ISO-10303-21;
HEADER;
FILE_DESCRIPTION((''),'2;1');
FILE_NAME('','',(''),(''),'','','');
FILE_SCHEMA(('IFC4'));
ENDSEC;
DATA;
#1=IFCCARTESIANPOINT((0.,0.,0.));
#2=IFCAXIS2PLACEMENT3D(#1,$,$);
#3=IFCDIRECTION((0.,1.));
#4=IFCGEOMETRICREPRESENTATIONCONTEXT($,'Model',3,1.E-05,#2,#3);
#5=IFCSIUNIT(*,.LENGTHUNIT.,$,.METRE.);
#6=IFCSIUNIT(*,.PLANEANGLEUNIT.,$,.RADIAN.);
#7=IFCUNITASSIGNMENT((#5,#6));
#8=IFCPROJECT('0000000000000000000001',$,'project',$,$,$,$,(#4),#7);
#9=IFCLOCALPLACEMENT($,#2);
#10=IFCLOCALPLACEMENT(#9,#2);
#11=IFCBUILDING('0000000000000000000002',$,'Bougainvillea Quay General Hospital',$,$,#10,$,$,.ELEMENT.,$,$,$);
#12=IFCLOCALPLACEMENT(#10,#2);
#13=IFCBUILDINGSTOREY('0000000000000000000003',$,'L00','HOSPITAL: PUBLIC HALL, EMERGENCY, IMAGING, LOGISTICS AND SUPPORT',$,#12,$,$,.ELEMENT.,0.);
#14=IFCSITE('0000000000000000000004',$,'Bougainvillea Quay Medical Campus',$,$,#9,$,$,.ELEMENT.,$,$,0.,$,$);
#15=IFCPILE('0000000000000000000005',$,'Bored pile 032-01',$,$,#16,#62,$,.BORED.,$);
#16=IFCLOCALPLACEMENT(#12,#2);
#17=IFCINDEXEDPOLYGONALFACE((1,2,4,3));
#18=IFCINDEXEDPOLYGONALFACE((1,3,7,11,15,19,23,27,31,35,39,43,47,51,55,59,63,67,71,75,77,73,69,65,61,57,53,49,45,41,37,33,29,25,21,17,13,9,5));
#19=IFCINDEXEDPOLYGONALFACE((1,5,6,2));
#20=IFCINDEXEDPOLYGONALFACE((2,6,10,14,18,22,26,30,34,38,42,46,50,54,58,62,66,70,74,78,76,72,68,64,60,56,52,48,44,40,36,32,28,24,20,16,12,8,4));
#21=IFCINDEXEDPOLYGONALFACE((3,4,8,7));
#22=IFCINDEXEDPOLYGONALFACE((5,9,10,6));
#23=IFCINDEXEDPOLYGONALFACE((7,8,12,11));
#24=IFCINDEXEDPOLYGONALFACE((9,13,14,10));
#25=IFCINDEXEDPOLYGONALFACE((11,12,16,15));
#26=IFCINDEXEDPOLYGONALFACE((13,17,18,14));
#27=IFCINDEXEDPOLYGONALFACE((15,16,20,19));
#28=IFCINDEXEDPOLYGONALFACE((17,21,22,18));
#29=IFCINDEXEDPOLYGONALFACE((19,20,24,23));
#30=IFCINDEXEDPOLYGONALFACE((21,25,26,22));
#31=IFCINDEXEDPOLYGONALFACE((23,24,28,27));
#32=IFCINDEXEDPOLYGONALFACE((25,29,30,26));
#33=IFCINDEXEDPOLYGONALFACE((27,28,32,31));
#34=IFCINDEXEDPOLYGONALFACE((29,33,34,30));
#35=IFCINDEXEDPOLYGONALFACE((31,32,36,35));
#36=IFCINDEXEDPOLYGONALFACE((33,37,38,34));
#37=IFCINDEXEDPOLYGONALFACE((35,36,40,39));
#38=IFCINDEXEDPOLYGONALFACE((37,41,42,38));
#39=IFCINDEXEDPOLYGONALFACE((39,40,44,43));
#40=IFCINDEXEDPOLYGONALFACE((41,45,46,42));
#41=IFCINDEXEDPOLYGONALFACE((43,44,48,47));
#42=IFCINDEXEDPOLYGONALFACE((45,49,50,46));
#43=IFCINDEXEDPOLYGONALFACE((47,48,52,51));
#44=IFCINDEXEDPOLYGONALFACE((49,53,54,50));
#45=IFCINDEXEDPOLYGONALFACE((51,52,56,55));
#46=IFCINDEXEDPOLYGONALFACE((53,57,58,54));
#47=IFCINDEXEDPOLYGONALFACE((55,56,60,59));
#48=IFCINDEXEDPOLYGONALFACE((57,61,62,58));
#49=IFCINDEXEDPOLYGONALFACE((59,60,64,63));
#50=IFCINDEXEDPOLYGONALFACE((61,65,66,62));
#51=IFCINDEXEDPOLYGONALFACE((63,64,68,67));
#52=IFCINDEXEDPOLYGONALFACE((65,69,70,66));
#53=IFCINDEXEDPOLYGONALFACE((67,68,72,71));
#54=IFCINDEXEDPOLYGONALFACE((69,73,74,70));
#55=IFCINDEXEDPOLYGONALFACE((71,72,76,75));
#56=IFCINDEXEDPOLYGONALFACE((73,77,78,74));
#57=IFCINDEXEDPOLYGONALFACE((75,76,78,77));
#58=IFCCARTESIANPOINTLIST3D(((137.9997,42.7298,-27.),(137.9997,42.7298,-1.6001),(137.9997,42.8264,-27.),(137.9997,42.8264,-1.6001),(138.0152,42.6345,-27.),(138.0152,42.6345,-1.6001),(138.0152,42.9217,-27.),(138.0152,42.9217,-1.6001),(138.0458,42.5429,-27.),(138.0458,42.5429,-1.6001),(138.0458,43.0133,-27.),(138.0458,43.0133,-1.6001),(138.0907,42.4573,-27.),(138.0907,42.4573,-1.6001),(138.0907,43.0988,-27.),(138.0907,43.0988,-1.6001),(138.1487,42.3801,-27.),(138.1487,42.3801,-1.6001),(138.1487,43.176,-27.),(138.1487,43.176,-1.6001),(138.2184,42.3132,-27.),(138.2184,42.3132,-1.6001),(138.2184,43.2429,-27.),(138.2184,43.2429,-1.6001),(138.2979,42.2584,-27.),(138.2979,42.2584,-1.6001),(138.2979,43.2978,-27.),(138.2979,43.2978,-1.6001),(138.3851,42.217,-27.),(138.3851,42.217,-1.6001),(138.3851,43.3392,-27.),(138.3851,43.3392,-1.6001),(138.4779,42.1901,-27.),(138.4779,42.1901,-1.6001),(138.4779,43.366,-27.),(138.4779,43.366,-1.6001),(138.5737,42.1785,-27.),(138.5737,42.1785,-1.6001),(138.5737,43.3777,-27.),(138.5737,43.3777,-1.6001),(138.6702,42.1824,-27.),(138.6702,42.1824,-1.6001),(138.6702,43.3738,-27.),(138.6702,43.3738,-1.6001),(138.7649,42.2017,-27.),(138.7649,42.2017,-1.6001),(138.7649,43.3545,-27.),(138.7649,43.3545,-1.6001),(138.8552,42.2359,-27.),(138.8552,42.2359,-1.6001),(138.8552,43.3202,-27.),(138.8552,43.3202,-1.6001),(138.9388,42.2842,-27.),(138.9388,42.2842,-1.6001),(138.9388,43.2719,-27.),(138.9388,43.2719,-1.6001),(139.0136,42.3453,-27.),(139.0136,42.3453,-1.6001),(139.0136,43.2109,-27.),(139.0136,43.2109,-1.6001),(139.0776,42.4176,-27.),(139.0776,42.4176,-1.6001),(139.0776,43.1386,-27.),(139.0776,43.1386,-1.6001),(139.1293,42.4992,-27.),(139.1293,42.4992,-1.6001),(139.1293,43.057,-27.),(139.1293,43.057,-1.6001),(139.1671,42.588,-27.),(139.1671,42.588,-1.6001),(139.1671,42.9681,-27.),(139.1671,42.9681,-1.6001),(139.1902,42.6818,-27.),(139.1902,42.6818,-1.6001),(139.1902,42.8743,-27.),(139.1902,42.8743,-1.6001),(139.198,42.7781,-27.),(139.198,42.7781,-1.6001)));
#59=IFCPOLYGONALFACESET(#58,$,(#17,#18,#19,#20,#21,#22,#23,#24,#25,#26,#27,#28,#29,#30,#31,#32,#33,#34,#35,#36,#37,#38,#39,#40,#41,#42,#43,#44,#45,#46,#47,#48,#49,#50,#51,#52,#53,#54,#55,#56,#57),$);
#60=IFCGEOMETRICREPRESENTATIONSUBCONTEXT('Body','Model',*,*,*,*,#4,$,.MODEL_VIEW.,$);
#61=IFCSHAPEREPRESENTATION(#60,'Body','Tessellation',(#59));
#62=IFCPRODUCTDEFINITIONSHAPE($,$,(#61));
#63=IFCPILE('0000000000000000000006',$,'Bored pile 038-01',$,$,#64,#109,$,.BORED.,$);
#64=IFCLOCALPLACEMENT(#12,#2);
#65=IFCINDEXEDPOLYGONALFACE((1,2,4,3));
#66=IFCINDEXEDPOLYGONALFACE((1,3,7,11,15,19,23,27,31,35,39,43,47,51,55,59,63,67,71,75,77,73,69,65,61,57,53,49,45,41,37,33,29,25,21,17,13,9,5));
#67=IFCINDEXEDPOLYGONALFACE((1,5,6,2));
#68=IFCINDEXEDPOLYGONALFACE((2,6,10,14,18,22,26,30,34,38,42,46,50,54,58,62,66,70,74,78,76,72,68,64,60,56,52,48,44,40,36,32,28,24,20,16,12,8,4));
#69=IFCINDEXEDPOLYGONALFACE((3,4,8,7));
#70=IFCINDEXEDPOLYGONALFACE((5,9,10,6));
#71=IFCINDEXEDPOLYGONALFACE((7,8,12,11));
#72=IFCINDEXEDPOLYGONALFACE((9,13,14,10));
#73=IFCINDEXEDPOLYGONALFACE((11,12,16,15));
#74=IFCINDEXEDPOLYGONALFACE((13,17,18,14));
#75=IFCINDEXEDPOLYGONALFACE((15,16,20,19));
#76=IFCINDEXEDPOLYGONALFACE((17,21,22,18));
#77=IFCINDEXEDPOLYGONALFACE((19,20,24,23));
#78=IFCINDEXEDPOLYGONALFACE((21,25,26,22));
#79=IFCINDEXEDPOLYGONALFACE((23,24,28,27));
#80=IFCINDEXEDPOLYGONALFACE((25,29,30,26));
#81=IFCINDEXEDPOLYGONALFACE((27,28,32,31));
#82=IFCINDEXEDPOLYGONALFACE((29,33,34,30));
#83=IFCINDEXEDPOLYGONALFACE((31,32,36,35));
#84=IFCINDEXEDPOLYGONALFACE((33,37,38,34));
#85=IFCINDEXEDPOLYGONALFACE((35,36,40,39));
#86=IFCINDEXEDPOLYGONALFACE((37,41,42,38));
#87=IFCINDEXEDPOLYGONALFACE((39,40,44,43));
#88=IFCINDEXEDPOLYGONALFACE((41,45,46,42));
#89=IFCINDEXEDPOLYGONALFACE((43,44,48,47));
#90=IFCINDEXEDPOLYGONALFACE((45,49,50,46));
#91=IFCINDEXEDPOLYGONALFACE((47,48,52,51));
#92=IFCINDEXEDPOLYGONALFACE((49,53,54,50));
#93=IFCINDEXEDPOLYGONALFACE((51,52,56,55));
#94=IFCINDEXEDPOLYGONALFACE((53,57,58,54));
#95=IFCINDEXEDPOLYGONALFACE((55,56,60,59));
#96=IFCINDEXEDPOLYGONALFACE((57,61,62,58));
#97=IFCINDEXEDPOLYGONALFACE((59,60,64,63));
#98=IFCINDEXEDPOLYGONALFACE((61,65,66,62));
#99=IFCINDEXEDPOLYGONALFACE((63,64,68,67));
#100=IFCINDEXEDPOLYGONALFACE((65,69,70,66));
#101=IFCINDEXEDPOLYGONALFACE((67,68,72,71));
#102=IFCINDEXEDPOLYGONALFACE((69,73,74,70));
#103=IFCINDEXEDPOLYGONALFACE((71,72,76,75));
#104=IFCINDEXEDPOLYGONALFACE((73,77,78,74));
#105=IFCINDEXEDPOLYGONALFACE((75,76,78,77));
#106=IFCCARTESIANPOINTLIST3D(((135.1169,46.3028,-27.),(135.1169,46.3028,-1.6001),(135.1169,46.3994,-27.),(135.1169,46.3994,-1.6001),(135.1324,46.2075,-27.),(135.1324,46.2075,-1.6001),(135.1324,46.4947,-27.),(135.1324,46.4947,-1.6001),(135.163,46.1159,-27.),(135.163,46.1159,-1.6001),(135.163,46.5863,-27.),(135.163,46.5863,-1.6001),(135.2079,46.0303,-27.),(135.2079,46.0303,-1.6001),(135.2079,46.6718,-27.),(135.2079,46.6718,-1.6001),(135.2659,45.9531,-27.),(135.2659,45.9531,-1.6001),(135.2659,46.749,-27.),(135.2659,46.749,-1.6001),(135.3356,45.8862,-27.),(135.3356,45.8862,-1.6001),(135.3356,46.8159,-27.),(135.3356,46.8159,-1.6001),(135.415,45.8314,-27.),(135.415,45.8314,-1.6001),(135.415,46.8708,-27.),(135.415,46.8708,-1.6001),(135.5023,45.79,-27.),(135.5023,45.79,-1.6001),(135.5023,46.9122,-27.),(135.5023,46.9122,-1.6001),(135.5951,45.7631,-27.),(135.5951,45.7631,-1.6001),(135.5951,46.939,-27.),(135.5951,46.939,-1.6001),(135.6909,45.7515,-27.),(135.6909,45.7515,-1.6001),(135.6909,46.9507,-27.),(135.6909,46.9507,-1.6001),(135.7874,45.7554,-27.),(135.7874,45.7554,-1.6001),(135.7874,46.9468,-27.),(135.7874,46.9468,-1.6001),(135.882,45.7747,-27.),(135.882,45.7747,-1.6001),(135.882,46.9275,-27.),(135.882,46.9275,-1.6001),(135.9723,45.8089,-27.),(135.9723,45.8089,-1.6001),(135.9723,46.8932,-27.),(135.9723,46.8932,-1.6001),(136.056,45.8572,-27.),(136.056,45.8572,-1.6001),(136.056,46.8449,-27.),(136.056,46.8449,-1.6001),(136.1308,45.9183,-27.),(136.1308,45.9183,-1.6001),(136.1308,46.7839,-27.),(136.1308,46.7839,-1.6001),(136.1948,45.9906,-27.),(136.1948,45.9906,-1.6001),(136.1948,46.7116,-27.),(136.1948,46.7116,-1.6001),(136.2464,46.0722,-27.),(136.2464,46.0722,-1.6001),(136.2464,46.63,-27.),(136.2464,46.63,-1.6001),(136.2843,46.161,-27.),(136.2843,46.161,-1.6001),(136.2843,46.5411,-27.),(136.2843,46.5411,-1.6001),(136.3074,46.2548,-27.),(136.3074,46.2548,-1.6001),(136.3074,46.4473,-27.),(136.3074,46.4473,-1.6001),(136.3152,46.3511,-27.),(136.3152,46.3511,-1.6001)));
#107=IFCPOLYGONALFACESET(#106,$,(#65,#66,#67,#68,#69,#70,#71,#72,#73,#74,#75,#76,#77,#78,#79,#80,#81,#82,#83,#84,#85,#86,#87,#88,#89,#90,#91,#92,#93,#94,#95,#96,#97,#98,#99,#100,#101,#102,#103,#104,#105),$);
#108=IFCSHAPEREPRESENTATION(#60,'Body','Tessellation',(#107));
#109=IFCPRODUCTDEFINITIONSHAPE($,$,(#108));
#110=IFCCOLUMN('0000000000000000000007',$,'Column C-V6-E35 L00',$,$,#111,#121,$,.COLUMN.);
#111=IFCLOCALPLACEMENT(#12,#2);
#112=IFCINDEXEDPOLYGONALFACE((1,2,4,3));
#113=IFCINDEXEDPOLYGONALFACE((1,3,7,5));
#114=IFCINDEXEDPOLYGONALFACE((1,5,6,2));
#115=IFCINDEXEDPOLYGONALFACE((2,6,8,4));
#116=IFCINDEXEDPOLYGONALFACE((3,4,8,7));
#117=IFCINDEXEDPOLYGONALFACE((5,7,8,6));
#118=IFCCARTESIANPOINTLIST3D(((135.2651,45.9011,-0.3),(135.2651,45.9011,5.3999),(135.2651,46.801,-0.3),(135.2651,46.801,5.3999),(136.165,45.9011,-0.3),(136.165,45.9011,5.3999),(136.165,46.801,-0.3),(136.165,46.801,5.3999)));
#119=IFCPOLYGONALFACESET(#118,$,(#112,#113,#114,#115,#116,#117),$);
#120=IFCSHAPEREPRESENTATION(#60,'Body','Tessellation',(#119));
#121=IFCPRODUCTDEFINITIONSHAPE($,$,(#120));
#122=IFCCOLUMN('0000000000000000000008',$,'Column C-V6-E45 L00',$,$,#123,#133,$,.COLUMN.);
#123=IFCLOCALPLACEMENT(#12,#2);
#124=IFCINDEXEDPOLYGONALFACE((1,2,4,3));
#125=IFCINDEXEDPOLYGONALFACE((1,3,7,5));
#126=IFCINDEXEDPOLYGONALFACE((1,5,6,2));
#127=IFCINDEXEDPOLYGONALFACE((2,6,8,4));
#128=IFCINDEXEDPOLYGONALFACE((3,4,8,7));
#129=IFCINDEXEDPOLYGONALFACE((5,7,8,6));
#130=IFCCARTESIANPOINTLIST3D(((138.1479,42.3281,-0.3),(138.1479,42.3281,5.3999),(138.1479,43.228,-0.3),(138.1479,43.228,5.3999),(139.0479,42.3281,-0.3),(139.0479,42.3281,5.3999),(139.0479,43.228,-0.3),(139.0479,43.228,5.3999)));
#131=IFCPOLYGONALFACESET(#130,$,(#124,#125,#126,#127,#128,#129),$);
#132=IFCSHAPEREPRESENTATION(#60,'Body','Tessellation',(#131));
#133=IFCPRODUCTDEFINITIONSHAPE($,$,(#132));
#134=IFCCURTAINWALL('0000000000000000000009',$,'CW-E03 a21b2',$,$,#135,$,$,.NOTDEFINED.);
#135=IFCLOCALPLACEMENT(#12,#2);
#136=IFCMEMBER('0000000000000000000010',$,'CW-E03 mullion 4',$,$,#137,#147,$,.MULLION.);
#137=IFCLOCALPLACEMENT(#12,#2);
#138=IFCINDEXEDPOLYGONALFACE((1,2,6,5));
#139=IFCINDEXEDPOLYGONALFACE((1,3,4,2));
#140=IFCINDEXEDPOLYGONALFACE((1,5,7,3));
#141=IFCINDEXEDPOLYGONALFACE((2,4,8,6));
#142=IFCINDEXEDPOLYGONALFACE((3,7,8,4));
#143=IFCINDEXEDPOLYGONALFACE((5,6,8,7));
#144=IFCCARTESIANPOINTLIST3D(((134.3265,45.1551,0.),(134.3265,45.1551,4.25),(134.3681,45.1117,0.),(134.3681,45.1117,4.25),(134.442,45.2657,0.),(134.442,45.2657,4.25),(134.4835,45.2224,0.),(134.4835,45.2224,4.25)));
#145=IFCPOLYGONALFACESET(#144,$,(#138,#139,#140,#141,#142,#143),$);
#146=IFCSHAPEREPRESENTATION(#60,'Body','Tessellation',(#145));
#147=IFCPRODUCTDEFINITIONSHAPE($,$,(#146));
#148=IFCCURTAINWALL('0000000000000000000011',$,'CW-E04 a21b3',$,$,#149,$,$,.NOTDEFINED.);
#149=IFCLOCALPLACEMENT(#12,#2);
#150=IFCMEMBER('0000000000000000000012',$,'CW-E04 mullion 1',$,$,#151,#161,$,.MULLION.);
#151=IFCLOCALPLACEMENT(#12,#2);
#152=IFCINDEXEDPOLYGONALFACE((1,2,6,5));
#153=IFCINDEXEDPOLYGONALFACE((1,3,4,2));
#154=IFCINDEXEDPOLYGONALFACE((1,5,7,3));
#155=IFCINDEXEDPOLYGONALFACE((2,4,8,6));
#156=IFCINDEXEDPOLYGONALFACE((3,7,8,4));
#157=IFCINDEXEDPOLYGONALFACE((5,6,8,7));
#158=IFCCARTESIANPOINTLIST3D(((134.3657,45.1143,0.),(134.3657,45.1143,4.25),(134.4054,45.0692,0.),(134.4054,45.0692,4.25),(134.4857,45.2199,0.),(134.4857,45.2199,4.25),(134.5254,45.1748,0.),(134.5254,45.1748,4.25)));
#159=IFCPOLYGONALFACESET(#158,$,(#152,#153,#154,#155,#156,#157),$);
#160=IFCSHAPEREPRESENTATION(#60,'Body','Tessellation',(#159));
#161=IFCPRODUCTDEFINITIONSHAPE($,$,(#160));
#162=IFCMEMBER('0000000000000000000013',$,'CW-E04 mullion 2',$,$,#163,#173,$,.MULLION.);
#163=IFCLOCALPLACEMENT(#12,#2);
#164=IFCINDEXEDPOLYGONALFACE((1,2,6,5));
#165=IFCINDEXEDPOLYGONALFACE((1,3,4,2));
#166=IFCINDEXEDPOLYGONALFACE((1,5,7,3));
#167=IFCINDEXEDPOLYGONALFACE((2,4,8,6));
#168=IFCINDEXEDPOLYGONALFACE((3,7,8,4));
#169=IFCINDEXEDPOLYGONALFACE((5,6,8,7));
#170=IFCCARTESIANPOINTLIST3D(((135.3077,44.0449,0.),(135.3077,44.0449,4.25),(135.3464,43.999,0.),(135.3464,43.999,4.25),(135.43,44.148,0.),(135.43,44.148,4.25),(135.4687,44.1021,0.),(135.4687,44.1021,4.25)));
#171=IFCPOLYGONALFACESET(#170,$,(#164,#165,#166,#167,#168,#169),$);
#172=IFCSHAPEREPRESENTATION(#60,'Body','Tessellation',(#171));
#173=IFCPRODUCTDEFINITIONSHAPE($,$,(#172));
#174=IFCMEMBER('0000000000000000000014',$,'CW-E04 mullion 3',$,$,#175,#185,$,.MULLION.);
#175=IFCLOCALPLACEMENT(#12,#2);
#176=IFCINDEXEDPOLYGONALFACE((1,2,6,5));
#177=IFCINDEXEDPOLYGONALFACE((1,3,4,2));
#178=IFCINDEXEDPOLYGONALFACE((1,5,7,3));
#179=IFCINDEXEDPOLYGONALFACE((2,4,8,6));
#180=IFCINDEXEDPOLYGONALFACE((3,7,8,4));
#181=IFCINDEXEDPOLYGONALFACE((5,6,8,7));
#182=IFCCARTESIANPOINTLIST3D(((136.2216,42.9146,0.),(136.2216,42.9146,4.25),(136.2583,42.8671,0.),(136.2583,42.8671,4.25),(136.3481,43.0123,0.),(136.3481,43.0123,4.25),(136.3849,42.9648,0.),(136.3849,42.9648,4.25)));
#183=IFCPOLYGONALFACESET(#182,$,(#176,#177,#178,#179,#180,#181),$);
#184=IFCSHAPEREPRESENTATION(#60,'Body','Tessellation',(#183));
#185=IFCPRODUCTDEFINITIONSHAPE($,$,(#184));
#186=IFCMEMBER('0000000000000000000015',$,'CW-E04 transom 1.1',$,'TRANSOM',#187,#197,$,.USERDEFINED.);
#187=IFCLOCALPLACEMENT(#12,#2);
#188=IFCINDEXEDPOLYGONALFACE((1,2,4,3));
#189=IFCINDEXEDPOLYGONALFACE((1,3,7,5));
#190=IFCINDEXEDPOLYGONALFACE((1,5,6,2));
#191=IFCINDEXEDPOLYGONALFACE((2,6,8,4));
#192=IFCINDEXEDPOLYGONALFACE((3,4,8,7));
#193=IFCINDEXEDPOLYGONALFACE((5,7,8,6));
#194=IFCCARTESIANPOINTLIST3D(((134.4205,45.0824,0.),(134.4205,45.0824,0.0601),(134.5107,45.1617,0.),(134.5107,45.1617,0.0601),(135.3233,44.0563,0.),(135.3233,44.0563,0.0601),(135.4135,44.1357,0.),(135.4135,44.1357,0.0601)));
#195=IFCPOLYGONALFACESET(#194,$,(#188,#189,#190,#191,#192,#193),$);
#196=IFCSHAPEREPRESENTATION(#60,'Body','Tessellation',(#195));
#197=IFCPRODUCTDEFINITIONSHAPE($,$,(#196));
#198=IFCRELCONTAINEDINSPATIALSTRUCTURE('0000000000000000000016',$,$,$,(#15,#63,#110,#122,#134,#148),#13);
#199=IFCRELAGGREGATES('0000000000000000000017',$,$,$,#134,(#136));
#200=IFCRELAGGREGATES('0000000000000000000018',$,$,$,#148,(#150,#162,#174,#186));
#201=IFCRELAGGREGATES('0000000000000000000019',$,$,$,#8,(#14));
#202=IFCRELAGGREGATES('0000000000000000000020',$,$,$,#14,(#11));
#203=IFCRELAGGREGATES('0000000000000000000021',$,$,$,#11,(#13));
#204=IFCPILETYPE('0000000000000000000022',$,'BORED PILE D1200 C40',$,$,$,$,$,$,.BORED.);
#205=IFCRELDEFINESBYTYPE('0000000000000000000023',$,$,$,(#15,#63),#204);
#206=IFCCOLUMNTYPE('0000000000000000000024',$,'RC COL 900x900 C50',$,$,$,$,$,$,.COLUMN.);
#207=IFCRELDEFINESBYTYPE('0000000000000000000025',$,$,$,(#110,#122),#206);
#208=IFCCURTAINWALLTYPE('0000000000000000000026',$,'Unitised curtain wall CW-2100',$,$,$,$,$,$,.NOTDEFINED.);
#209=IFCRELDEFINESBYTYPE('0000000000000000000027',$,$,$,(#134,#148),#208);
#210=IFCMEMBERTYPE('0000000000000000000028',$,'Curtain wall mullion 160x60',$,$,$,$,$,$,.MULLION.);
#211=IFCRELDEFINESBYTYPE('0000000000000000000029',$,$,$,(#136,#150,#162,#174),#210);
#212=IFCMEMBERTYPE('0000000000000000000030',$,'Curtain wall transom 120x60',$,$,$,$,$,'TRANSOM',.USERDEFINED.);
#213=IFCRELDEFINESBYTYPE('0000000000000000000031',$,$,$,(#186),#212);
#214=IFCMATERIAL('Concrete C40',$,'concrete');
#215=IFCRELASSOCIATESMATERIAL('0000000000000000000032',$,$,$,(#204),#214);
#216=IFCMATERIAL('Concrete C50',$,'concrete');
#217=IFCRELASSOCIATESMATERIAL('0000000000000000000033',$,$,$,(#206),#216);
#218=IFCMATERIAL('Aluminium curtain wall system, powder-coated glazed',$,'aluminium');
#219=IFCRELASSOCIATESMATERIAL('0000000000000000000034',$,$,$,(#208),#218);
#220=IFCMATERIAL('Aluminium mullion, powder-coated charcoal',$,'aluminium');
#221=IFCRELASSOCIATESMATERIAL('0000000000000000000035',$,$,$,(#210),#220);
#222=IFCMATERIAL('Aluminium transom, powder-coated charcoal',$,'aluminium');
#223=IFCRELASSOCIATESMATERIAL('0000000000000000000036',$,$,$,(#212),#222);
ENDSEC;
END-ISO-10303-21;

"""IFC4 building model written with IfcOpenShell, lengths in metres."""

from ifc_helpers import new_model, si_unit, direction, frame, origin, origin_2d, place, context, subcontext, project, spatial, rectangle, circle, extrude, material, material_profile, profile_set, type_object, element, aggregate, save


model = new_model("IFC4")

# Units and contexts
model_context = context("Model", 3, precision=1e-05, world=origin(), true_north=direction((0.0, 1.0)))
body_context = subcontext(model_context, "Body", "Model", "MODEL_VIEW")
ifc_project = project(units=[si_unit("LENGTHUNIT", "METRE"), si_unit("PLANEANGLEUNIT", "RADIAN")], contexts=[model_context])

# Site, building, storey
site_placement = place(None, origin())
site = spatial("IfcSite", under=ifc_project, at=site_placement, Name="Bougainvillea Quay Medical Campus", CompositionType="ELEMENT", RefElevation=0.0)
building_placement = place(site_placement, origin())
building = spatial("IfcBuilding", under=site, at=building_placement, Name="Bougainvillea Quay General Hospital", CompositionType="ELEMENT")
storey_placement = place(building_placement, origin())
storey = spatial("IfcBuildingStorey", under=building, at=storey_placement, Name="L00", Description="HOSPITAL: PUBLIC HALL, EMERGENCY, IMAGING, LOGISTICS AND SUPPORT", CompositionType="ELEMENT", Elevation=0.0)

# Piles
ifc_material_1 = material(Name="Concrete C40", Category="concrete")
ifc_material_profile_1 = material_profile(ifc_material_1, circle(Radius=0.6001, at=origin_2d()))
ifc_profile_set_1 = profile_set([ifc_material_profile_1], Name="Concrete C40")
pile_type = type_object("IfcPileType", Name="BORED PILE D1200 C40", PredefinedType="BORED", material=ifc_profile_set_1)
for number, where, z_axis, x_axis, name in (
    (1, (138.5979, 42.7781, -1.6001), (0.0, 0.0, -1.0), (1.0, 0.0, 0.0), "Bored pile 032-01"),
    (2, (135.7151, 46.3511, -1.6001), (0.0, 0.0, -1.0), (1.0, 0.0, 0.0), "Bored pile 038-01"),
):
    element("IfcPile", number, at=place(storey_placement, frame(where, z_axis=z_axis, x_axis=x_axis)), inside=storey, type_object=pile_type, Name=name, PredefinedType="BORED", context=body_context, shape_type="SweptSolid", body=[
        extrude(circle(Radius=0.6001, at=origin_2d()), origin(), (0.0, 0.0, 1.0), 25.3999),
    ])

# Columns
ifc_material_2 = material(Name="Concrete C50", Category="concrete")
ifc_material_profile_2 = material_profile(ifc_material_2, rectangle(XDim=0.8999, YDim=0.8999, at=origin_2d()))
ifc_profile_set_2 = profile_set([ifc_material_profile_2], Name="Concrete C50")
column_type = type_object("IfcColumnType", Name="RC COL 900x900 C50", PredefinedType="COLUMN", material=ifc_profile_set_2)
for number, where, z_axis, x_axis, name in (
    (3, (135.7151, 46.3511, -0.3), (0.0, 0.0, 1.0), (1.0, 0.0, 0.0), "Column C-V6-E35 L00"),
    (4, (138.5979, 42.7781, -0.3), (0.0, 0.0, 1.0), (1.0, 0.0, 0.0), "Column C-V6-E45 L00"),
):
    element("IfcColumn", number, at=place(storey_placement, frame(where, z_axis=z_axis, x_axis=x_axis)), inside=storey, type_object=column_type, Name=name, PredefinedType="COLUMN", context=body_context, shape_type="SweptSolid", body=[
        extrude(rectangle(XDim=0.8999, YDim=0.8999, at=origin_2d()), origin(), (0.0, 0.0, 1.0), 5.7),
    ])

# Curtain wall, member
ifc_material_3 = material(Name="Aluminium curtain wall system, powder-coated glazed", Category="aluminium")
curtain_wall_type = type_object("IfcCurtainWallType", Name="Unitised curtain wall CW-2100", PredefinedType="NOTDEFINED", material=ifc_material_3)
curtain_wall_1_placement = place(storey_placement, origin())
curtain_wall_1 = element("IfcCurtainWall", 5, at=curtain_wall_1_placement, inside=storey, type_object=curtain_wall_type, Name="CW-E03 a21b2", PredefinedType="NOTDEFINED")
ifc_material_4 = material(Name="Aluminium mullion, powder-coated charcoal", Category="aluminium")
ifc_material_profile_3 = material_profile(ifc_material_4, rectangle(XDim=0.1599, YDim=0.0601, at=origin_2d()))
ifc_profile_set_3 = profile_set([ifc_material_profile_3], Name="Aluminium mullion, powder-coated charcoal")
member_type_1 = type_object("IfcMemberType", Name="Curtain wall mullion 160x60", PredefinedType="MULLION", material=ifc_profile_set_3)
member_1_placement = place(storey_placement, frame((134.405, 45.1887, 0.0), z_axis=(0.0, 0.0, 1.0), x_axis=(0.72197, 0.691925, 0.0)))
member_1 = element("IfcMember", 6, at=member_1_placement, type_object=member_type_1, Name="CW-E03 mullion 4", PredefinedType="MULLION", context=body_context, shape_type="SweptSolid", body=[
    extrude(rectangle(XDim=0.1599, YDim=0.0601, at=origin_2d()), origin(), (0.0, 0.0, 1.0), 4.25),
])
aggregate(curtain_wall_1, [member_1])

# Curtain wall, members
curtain_wall_2_placement = place(storey_placement, origin())
curtain_wall_2 = element("IfcCurtainWall", 7, at=curtain_wall_2_placement, inside=storey, type_object=curtain_wall_type, Name="CW-E04 a21b3", PredefinedType="NOTDEFINED")
member_2_placement = place(storey_placement, frame((134.4456, 45.1445, 0.0), z_axis=(0.0, 0.0, 1.0), x_axis=(0.750742, 0.660596, 0.0)))
member_2 = element("IfcMember", 8, at=member_2_placement, type_object=member_type_1, Name="CW-E04 mullion 1", PredefinedType="MULLION", context=body_context, shape_type="SweptSolid", body=[
    extrude(rectangle(XDim=0.1599, YDim=0.0601, at=origin_2d()), origin(), (0.0, 0.0, 1.0), 4.25),
])
member_3_placement = place(storey_placement, frame((135.3882, 44.0735, 0.0), z_axis=(0.0, 0.0, 1.0), x_axis=(0.764622, 0.64448, 0.0)))
member_3 = element("IfcMember", 9, at=member_3_placement, type_object=member_type_1, Name="CW-E04 mullion 2", PredefinedType="MULLION", context=body_context, shape_type="SweptSolid", body=[
    extrude(rectangle(XDim=0.1599, YDim=0.0601, at=origin_2d()), origin(), (0.0, 0.0, 1.0), 4.25),
])
member_4_placement = place(storey_placement, frame((136.3032, 42.9397, 0.0), z_axis=(0.0, 0.0, 1.0), x_axis=(0.791337, 0.61138, 0.0)))
member_4 = element("IfcMember", 10, at=member_4_placement, type_object=member_type_1, Name="CW-E04 mullion 3", PredefinedType="MULLION", context=body_context, shape_type="SweptSolid", body=[
    extrude(rectangle(XDim=0.1599, YDim=0.0601, at=origin_2d()), origin(), (0.0, 0.0, 1.0), 4.25),
])
ifc_material_5 = material(Name="Aluminium transom, powder-coated charcoal", Category="aluminium")
ifc_material_profile_4 = material_profile(ifc_material_5, rectangle(XDim=0.1201, YDim=0.0601, at=origin_2d()))
ifc_profile_set_4 = profile_set([ifc_material_profile_4], Name="Aluminium transom, powder-coated charcoal")
member_type_2 = type_object("IfcMemberType", Name="Curtain wall transom 120x60", ElementType="TRANSOM", PredefinedType="USERDEFINED", material=ifc_profile_set_4)
member_5_placement = place(storey_placement, frame((134.4656, 45.1221, 0.03), z_axis=(0.660563, -0.75077, 0.0), x_axis=(0.75077, 0.660563, 0.0)))
member_5 = element("IfcMember", 11, at=member_5_placement, type_object=member_type_2, Name="CW-E04 transom 1.1", ObjectType="TRANSOM", PredefinedType="USERDEFINED", context=body_context, shape_type="SweptSolid", body=[
    extrude(rectangle(XDim=0.1201, YDim=0.0601, at=origin_2d()), origin(), (0.0, 0.0, 1.0), 1.3667),
])
aggregate(curtain_wall_2, [member_2, member_3, member_4, member_5])

save(model, "model.ifc")
